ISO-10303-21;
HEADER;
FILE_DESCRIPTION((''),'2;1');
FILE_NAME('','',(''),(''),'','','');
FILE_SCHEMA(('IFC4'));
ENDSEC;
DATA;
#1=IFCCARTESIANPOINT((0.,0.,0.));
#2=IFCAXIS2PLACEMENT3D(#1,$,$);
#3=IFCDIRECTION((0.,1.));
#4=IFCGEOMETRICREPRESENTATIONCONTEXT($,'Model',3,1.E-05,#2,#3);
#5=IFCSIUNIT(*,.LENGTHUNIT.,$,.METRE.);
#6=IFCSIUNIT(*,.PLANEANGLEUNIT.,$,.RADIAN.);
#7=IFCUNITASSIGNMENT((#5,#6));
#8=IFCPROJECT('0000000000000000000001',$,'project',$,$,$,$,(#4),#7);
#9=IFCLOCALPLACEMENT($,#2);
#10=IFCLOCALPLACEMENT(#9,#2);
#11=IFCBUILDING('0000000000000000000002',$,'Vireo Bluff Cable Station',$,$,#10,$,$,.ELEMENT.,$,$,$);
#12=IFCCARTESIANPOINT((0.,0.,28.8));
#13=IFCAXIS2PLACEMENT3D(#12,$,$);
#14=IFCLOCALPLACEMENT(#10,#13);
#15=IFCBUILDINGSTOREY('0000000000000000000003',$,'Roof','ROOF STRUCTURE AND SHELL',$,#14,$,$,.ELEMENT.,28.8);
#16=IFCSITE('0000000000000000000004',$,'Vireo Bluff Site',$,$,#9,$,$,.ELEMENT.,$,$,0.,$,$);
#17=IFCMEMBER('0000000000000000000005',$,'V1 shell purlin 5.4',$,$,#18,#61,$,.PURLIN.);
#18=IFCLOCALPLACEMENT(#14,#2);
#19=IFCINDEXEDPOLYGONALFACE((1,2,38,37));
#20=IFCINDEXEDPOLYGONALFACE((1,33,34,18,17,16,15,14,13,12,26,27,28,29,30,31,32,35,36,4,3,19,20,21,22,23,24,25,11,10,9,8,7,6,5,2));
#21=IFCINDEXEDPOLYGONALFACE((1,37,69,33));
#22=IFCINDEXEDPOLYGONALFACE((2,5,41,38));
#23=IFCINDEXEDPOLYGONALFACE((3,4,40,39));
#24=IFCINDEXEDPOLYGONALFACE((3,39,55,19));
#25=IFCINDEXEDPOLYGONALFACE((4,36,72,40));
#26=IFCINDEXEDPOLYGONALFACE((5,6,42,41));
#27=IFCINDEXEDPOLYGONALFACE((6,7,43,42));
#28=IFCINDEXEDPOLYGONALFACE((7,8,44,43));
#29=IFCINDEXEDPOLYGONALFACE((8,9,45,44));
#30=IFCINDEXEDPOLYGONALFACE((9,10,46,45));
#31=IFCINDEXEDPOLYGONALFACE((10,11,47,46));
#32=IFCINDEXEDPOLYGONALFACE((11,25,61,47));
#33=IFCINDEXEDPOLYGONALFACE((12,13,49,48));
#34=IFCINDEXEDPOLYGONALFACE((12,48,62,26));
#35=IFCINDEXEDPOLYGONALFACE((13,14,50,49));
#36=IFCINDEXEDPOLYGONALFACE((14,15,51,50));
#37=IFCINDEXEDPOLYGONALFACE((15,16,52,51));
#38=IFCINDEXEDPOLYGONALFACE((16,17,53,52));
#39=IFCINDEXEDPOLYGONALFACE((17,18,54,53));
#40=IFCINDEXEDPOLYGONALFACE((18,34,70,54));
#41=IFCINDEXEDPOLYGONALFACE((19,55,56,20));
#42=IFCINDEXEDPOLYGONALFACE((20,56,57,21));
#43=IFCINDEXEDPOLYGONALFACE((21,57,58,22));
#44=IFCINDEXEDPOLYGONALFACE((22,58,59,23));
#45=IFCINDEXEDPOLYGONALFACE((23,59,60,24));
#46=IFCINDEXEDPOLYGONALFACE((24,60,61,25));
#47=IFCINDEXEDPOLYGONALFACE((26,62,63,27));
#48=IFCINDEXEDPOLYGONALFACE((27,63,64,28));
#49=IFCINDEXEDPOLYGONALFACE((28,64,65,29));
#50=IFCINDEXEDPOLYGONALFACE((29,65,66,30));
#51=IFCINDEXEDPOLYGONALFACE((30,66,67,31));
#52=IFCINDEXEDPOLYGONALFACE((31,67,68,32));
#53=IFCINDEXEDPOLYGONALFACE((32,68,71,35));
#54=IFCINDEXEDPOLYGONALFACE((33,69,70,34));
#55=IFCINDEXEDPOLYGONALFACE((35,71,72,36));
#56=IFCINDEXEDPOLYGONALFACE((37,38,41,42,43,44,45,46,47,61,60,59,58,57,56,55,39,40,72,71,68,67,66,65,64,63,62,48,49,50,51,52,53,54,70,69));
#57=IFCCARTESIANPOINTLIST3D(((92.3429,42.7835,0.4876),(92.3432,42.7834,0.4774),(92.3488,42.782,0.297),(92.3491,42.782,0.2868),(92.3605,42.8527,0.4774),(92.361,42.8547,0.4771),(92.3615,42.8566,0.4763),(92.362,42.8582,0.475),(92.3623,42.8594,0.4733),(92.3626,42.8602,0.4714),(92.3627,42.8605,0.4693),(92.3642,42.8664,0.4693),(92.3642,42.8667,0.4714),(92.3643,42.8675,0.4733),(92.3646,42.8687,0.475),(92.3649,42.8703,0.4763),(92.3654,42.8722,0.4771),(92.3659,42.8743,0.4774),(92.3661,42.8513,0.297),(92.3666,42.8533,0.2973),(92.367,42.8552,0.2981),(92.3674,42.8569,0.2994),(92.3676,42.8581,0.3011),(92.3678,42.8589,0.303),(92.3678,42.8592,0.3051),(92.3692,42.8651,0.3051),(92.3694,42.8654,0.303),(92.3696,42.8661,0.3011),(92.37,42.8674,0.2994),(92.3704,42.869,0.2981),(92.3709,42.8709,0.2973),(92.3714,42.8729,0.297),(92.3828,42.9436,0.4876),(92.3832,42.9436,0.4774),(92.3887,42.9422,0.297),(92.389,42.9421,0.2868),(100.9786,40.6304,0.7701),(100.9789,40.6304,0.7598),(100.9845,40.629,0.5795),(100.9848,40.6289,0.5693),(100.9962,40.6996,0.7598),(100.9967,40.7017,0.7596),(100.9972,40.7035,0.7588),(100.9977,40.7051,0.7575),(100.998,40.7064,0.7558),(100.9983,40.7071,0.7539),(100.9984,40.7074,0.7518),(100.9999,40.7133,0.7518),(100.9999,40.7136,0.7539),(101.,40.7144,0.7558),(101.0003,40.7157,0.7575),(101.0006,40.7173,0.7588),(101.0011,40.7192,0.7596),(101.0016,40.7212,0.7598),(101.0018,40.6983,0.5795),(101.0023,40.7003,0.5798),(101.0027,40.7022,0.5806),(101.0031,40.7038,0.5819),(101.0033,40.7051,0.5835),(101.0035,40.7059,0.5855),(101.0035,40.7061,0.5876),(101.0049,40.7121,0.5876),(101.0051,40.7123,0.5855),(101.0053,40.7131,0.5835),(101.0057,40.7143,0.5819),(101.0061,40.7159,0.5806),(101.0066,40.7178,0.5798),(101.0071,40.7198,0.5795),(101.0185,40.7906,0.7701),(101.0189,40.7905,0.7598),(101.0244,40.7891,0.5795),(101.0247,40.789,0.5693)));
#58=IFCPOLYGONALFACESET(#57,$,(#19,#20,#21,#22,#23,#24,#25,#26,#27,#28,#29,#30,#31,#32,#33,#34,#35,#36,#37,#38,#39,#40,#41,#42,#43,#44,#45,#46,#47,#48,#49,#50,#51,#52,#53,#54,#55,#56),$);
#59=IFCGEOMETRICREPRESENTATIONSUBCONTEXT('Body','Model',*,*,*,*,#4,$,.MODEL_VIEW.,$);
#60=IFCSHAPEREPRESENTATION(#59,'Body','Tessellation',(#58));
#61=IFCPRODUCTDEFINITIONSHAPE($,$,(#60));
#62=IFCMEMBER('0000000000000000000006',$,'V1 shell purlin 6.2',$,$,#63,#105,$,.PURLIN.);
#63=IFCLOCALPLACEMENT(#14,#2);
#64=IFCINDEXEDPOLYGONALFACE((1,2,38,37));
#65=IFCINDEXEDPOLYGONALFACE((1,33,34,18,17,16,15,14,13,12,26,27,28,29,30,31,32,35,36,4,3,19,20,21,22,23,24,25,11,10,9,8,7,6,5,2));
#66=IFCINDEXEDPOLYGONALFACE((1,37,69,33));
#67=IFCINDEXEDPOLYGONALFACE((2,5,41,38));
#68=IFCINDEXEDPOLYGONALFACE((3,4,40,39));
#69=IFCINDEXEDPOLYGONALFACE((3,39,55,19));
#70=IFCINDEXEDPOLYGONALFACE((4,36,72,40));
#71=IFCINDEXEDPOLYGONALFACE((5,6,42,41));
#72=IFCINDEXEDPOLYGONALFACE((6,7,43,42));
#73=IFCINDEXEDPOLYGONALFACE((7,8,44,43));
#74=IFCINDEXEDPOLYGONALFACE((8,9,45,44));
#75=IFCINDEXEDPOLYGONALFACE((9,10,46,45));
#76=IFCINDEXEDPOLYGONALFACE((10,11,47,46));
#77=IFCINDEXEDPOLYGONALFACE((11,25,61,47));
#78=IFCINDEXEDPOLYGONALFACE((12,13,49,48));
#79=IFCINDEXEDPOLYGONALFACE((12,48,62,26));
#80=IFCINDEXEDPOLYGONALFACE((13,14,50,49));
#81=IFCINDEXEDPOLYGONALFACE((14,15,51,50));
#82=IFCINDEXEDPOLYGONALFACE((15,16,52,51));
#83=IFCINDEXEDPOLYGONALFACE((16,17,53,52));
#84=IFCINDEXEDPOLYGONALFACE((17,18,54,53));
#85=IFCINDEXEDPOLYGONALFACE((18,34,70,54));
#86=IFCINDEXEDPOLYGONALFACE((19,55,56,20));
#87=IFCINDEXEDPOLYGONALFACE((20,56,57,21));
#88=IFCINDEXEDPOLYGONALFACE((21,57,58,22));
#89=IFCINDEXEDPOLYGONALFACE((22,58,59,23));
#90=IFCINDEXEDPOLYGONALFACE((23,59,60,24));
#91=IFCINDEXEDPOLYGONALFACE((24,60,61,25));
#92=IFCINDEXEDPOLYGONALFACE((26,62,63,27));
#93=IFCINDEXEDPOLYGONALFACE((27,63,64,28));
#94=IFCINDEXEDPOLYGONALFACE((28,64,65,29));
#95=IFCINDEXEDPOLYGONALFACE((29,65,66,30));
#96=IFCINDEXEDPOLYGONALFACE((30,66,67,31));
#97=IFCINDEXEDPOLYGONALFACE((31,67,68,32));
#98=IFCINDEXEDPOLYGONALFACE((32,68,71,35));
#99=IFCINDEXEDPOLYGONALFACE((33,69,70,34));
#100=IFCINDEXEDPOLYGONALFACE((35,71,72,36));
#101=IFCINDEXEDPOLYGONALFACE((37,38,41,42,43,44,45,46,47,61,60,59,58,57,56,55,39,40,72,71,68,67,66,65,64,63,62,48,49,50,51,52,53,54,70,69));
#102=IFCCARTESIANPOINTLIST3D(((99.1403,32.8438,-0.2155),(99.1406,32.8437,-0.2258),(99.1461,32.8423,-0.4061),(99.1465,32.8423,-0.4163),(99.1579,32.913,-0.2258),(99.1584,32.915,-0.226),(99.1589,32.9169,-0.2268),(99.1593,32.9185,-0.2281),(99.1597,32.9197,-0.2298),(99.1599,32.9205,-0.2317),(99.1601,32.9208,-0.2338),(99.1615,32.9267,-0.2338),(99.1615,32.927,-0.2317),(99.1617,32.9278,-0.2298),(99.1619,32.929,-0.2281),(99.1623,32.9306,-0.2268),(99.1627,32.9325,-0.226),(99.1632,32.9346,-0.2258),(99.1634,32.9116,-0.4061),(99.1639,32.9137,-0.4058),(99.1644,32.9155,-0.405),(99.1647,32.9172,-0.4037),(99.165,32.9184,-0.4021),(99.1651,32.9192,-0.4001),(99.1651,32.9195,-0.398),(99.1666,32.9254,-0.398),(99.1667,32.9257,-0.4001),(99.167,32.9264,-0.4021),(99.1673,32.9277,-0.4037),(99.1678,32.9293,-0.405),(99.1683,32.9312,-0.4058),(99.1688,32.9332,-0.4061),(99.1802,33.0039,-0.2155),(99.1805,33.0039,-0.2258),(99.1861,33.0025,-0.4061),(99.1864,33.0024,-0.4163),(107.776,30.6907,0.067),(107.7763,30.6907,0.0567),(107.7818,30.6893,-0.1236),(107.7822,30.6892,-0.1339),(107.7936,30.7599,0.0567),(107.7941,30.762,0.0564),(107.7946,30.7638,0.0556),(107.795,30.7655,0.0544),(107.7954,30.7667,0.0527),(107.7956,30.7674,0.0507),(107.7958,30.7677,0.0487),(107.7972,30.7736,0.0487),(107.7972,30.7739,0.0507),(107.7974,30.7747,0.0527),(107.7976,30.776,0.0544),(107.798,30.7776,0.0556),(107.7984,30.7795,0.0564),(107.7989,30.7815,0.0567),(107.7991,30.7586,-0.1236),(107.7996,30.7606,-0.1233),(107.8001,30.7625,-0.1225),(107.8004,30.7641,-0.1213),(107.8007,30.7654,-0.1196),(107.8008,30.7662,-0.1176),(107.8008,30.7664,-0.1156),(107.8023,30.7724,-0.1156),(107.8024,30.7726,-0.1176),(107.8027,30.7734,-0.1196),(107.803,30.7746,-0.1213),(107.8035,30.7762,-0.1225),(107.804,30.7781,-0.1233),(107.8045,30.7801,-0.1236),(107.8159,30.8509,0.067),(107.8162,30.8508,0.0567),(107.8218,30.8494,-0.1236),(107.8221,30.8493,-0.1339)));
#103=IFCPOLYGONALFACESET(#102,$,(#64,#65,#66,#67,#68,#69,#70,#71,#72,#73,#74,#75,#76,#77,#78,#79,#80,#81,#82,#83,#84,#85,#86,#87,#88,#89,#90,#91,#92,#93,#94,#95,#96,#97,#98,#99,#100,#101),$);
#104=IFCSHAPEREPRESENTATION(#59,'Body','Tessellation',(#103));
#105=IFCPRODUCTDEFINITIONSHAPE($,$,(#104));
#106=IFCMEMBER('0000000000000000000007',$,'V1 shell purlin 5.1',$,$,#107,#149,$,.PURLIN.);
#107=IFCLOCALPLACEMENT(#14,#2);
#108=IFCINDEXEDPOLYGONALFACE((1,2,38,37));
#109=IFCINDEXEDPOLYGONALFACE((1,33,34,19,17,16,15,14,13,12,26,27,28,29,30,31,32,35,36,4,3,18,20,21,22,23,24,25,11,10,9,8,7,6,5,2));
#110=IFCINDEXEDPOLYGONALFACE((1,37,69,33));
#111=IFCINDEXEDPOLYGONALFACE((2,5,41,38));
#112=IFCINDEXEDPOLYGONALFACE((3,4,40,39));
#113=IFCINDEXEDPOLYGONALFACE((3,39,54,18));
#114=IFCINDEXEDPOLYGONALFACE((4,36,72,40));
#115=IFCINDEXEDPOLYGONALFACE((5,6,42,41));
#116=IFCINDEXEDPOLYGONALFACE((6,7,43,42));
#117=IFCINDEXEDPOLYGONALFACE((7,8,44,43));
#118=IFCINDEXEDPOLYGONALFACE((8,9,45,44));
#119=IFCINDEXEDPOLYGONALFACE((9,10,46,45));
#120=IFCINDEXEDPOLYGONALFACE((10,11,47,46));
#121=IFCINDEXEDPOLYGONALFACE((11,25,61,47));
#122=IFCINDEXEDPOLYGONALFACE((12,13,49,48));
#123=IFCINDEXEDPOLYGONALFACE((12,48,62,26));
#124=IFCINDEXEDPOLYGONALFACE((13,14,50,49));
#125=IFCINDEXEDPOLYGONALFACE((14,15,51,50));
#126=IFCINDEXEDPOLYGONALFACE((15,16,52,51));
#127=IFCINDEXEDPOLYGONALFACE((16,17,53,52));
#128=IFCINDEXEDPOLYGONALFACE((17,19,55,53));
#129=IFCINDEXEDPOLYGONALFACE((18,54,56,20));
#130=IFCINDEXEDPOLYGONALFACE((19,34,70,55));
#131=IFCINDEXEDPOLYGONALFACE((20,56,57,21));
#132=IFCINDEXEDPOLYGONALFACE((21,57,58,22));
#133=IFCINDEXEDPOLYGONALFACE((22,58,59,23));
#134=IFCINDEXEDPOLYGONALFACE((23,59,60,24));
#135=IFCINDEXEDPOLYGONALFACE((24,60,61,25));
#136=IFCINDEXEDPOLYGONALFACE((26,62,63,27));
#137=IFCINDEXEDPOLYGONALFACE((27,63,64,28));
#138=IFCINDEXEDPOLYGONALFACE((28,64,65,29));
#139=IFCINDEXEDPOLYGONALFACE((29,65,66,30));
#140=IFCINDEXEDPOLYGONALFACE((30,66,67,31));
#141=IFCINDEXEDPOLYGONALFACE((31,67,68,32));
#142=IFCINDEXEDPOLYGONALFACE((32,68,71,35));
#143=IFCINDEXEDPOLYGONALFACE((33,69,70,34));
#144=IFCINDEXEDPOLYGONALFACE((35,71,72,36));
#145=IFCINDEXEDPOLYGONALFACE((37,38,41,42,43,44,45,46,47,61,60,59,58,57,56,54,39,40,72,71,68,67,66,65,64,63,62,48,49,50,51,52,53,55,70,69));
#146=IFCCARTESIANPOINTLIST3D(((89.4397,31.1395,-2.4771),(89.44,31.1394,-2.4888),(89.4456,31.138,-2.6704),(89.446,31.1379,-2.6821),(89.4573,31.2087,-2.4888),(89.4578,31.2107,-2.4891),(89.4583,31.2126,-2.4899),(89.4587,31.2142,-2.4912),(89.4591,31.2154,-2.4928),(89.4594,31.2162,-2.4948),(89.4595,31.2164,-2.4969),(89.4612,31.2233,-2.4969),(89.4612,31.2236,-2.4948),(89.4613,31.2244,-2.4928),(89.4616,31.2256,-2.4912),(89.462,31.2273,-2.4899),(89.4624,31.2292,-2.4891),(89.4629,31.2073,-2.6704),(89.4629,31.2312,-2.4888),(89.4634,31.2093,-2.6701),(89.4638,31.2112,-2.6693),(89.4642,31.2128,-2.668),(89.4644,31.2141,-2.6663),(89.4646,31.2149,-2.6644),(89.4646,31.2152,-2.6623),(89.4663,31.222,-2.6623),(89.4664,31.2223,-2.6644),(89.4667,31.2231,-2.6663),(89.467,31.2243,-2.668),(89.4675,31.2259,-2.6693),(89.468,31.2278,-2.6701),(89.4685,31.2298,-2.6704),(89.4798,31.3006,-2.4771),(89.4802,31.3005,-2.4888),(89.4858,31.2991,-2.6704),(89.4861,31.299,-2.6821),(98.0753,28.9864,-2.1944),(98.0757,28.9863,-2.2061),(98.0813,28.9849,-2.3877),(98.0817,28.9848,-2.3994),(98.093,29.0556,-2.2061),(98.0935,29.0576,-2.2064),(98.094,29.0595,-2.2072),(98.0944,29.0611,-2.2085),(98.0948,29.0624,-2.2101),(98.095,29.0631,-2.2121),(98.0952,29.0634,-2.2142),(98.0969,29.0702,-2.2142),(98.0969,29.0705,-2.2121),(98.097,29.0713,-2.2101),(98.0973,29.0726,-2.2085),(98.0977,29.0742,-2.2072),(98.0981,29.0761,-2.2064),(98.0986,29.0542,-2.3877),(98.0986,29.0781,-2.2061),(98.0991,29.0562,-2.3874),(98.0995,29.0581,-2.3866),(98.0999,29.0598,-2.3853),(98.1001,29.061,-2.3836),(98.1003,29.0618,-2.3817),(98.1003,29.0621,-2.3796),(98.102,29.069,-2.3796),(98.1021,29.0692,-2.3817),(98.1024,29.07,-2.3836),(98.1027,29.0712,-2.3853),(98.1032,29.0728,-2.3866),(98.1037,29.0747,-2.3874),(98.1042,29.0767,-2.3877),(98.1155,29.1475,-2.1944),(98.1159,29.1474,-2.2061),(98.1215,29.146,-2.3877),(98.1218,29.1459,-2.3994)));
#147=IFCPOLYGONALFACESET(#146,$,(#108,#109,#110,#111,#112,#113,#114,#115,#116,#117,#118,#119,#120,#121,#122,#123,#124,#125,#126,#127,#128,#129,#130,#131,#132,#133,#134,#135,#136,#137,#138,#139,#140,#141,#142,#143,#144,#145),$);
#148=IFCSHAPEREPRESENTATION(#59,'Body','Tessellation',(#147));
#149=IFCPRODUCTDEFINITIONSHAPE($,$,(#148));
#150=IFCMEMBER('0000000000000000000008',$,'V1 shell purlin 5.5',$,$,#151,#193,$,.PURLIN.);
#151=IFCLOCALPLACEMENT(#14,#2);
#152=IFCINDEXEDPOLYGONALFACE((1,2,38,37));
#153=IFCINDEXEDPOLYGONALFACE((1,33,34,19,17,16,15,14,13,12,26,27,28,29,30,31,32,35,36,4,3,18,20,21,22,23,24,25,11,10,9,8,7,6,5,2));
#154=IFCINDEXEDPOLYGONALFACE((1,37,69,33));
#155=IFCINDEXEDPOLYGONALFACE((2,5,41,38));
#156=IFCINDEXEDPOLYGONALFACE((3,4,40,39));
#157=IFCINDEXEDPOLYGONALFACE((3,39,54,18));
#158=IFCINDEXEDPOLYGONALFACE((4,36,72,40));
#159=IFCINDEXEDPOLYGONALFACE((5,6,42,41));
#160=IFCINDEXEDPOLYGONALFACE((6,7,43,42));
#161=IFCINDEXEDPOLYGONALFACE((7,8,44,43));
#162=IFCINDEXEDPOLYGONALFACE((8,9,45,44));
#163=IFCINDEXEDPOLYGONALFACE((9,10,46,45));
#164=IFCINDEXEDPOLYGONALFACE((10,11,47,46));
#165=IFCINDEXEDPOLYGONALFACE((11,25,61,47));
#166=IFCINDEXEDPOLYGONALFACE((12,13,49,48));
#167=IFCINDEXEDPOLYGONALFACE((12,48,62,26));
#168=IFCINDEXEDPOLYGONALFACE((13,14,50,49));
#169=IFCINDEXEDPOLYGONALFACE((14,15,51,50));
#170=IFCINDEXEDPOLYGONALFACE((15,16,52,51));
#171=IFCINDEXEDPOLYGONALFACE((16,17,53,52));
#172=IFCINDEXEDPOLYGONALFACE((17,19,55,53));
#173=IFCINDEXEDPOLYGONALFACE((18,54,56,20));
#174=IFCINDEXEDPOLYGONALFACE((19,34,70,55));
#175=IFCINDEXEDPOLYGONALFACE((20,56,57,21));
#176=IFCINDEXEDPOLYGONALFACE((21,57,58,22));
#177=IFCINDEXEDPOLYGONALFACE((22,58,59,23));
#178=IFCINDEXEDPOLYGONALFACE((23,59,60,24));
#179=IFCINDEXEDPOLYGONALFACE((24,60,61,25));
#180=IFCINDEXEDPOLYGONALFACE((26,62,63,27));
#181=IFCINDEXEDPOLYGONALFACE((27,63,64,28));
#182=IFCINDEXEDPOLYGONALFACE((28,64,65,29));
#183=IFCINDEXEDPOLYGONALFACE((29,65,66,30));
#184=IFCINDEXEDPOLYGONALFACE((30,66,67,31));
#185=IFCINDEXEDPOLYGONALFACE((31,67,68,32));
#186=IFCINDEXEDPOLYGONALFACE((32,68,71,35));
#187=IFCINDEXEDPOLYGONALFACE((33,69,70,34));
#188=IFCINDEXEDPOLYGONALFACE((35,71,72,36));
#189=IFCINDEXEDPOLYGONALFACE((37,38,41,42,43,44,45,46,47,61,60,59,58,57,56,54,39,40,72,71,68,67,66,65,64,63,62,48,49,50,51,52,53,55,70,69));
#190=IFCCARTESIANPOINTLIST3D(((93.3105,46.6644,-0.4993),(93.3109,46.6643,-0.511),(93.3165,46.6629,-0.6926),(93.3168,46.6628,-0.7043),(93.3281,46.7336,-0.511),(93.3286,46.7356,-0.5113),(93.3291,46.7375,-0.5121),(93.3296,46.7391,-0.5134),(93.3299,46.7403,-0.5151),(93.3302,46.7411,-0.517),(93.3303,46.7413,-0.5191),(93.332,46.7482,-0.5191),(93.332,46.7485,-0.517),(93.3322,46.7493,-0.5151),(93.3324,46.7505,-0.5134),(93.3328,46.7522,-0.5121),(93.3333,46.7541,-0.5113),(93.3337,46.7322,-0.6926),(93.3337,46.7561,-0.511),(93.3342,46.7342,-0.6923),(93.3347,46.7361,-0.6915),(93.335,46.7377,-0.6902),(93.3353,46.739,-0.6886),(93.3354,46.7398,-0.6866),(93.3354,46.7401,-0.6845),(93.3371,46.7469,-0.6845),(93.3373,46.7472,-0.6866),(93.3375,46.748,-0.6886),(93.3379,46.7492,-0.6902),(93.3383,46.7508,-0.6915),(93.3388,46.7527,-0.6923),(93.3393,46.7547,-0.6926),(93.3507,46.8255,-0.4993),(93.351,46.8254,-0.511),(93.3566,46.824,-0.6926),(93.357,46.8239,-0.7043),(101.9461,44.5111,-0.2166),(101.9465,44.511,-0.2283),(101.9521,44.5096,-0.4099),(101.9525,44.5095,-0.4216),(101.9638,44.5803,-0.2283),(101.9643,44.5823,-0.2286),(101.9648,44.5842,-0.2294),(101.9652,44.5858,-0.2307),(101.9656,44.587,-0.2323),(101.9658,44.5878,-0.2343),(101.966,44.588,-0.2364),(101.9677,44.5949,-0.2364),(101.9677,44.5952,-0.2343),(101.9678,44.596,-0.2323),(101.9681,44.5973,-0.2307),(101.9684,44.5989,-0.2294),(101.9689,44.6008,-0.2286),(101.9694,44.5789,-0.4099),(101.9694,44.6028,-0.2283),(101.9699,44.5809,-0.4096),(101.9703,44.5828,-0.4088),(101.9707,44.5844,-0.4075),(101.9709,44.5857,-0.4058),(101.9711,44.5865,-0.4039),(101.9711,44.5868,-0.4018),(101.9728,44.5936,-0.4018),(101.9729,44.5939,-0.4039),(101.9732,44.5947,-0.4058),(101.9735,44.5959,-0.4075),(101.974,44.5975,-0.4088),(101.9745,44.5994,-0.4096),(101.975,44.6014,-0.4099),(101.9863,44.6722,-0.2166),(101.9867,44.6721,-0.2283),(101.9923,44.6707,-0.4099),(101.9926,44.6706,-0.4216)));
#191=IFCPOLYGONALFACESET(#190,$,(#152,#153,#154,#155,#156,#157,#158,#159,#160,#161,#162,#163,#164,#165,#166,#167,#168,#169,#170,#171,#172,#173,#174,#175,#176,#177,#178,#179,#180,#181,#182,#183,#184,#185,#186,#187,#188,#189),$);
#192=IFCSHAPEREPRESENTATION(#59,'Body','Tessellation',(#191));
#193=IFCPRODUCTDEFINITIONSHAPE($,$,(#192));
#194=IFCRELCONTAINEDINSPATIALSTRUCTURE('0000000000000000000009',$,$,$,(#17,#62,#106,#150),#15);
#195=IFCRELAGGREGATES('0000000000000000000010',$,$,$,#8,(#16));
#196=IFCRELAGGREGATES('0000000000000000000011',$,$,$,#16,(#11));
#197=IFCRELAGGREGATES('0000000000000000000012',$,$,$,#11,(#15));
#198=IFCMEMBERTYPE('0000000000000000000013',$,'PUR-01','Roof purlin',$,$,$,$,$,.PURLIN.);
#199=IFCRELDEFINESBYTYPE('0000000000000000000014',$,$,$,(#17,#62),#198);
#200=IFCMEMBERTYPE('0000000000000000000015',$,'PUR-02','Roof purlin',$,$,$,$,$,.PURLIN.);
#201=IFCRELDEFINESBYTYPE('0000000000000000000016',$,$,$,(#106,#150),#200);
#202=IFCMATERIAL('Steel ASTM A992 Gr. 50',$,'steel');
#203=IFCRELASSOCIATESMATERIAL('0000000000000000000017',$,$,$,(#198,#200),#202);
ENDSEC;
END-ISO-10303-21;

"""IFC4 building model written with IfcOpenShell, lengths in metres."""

from ifc_helpers import new_model, si_unit, direction, frame, origin, origin_2d, place, context, subcontext, project, spatial, i_section, extrude, material, material_profile, profile_set, type_object, element, save


model = new_model("IFC4")

# Units and contexts
model_context = context("Model", 3, precision=1e-05, world=origin(), true_north=direction((0.0, 1.0)))
body_context = subcontext(model_context, "Body", "Model", "MODEL_VIEW")
ifc_project = project(units=[si_unit("LENGTHUNIT", "METRE"), si_unit("PLANEANGLEUNIT", "RADIAN")], contexts=[model_context])

# Site, building, storey
site_placement = place(None, origin())
site = spatial("IfcSite", under=ifc_project, at=site_placement, Name="Vireo Bluff Site", CompositionType="ELEMENT", RefElevation=0.0)
building_placement = place(site_placement, origin())
building = spatial("IfcBuilding", under=site, at=building_placement, Name="Vireo Bluff Cable Station", CompositionType="ELEMENT")
storey_placement = place(building_placement, frame((0.0, 0.0, 28.8)))
storey = spatial("IfcBuildingStorey", under=building, at=storey_placement, Name="Roof", Description="ROOF STRUCTURE AND SHELL", CompositionType="ELEMENT", Elevation=28.8)

# Members
ifc_material_1 = material(Name="Steel ASTM A992 Gr. 50", Category="steel")
ifc_material_profile_1 = material_profile(ifc_material_1, i_section(OverallWidth=0.165, OverallDepth=0.2009, WebThickness=0.0061, FlangeThickness=0.0103, FilletRadius=0.0081, at=origin_2d()), Name="W8X24")
ifc_profile_set_1 = profile_set([ifc_material_profile_1], Name="Steel ASTM A992 Gr. 50")
member_type_1 = type_object("IfcMemberType", Name="PUR-01", Description="Roof purlin", PredefinedType="PURLIN", material=ifc_profile_set_1)
for number, where, z_axis, x_axis, name in (
    (1, (92.366, 42.8628, 0.3872), (0.969809, -0.241794, 0.031722), (0.241916, 0.970297, 0.0), "V1 shell purlin 5.4"),
    (2, (99.1633, 32.9231, -0.3159), (0.969809, -0.241794, 0.031722), (0.241916, 0.970297, 0.0), "V1 shell purlin 6.2"),
):
    element("IfcMember", number, at=place(storey_placement, frame(where, z_axis=z_axis, x_axis=x_axis)), inside=storey, type_object=member_type_1, Name=name, PredefinedType="PURLIN", context=body_context, shape_type="SweptSolid", body=[
        extrude(i_section(OverallWidth=0.165, OverallDepth=0.2009, WebThickness=0.0061, FlangeThickness=0.0103, FilletRadius=0.0081, at=origin_2d()), origin(), (0.0, 0.0, 1.0), 8.9045),
    ])
ifc_material_profile_2 = material_profile(ifc_material_1, i_section(OverallWidth=0.166, OverallDepth=0.2051, WebThickness=0.0071, FlangeThickness=0.0117, FilletRadius=0.0081, at=origin_2d()), Name="W8X28")
ifc_profile_set_2 = profile_set([ifc_material_profile_2], Name="Steel ASTM A992 Gr. 50")
member_type_2 = type_object("IfcMemberType", Name="PUR-02", Description="Roof purlin", PredefinedType="PURLIN", material=ifc_profile_set_2)
for number, where, z_axis, x_axis, name in (
    (3, (89.4629, 31.2192, -2.5796), (0.969808, -0.241794, 0.031749), (0.241916, 0.970297, 0.0), "V1 shell purlin 5.1"),
    (4, (93.3337, 46.7441, -0.6018), (0.969802, -0.24182, 0.031749), (0.241942, 0.970291, 0.0), "V1 shell purlin 5.5"),
):
    element("IfcMember", number, at=place(storey_placement, frame(where, z_axis=z_axis, x_axis=x_axis)), inside=storey, type_object=member_type_2, Name=name, PredefinedType="PURLIN", context=body_context, shape_type="SweptSolid", body=[
        extrude(i_section(OverallWidth=0.166, OverallDepth=0.2051, WebThickness=0.0071, FlangeThickness=0.0117, FilletRadius=0.0081, at=origin_2d()), origin(), (0.0, 0.0, 1.0), 8.9045),
    ])

save(model, "model.ifc")
